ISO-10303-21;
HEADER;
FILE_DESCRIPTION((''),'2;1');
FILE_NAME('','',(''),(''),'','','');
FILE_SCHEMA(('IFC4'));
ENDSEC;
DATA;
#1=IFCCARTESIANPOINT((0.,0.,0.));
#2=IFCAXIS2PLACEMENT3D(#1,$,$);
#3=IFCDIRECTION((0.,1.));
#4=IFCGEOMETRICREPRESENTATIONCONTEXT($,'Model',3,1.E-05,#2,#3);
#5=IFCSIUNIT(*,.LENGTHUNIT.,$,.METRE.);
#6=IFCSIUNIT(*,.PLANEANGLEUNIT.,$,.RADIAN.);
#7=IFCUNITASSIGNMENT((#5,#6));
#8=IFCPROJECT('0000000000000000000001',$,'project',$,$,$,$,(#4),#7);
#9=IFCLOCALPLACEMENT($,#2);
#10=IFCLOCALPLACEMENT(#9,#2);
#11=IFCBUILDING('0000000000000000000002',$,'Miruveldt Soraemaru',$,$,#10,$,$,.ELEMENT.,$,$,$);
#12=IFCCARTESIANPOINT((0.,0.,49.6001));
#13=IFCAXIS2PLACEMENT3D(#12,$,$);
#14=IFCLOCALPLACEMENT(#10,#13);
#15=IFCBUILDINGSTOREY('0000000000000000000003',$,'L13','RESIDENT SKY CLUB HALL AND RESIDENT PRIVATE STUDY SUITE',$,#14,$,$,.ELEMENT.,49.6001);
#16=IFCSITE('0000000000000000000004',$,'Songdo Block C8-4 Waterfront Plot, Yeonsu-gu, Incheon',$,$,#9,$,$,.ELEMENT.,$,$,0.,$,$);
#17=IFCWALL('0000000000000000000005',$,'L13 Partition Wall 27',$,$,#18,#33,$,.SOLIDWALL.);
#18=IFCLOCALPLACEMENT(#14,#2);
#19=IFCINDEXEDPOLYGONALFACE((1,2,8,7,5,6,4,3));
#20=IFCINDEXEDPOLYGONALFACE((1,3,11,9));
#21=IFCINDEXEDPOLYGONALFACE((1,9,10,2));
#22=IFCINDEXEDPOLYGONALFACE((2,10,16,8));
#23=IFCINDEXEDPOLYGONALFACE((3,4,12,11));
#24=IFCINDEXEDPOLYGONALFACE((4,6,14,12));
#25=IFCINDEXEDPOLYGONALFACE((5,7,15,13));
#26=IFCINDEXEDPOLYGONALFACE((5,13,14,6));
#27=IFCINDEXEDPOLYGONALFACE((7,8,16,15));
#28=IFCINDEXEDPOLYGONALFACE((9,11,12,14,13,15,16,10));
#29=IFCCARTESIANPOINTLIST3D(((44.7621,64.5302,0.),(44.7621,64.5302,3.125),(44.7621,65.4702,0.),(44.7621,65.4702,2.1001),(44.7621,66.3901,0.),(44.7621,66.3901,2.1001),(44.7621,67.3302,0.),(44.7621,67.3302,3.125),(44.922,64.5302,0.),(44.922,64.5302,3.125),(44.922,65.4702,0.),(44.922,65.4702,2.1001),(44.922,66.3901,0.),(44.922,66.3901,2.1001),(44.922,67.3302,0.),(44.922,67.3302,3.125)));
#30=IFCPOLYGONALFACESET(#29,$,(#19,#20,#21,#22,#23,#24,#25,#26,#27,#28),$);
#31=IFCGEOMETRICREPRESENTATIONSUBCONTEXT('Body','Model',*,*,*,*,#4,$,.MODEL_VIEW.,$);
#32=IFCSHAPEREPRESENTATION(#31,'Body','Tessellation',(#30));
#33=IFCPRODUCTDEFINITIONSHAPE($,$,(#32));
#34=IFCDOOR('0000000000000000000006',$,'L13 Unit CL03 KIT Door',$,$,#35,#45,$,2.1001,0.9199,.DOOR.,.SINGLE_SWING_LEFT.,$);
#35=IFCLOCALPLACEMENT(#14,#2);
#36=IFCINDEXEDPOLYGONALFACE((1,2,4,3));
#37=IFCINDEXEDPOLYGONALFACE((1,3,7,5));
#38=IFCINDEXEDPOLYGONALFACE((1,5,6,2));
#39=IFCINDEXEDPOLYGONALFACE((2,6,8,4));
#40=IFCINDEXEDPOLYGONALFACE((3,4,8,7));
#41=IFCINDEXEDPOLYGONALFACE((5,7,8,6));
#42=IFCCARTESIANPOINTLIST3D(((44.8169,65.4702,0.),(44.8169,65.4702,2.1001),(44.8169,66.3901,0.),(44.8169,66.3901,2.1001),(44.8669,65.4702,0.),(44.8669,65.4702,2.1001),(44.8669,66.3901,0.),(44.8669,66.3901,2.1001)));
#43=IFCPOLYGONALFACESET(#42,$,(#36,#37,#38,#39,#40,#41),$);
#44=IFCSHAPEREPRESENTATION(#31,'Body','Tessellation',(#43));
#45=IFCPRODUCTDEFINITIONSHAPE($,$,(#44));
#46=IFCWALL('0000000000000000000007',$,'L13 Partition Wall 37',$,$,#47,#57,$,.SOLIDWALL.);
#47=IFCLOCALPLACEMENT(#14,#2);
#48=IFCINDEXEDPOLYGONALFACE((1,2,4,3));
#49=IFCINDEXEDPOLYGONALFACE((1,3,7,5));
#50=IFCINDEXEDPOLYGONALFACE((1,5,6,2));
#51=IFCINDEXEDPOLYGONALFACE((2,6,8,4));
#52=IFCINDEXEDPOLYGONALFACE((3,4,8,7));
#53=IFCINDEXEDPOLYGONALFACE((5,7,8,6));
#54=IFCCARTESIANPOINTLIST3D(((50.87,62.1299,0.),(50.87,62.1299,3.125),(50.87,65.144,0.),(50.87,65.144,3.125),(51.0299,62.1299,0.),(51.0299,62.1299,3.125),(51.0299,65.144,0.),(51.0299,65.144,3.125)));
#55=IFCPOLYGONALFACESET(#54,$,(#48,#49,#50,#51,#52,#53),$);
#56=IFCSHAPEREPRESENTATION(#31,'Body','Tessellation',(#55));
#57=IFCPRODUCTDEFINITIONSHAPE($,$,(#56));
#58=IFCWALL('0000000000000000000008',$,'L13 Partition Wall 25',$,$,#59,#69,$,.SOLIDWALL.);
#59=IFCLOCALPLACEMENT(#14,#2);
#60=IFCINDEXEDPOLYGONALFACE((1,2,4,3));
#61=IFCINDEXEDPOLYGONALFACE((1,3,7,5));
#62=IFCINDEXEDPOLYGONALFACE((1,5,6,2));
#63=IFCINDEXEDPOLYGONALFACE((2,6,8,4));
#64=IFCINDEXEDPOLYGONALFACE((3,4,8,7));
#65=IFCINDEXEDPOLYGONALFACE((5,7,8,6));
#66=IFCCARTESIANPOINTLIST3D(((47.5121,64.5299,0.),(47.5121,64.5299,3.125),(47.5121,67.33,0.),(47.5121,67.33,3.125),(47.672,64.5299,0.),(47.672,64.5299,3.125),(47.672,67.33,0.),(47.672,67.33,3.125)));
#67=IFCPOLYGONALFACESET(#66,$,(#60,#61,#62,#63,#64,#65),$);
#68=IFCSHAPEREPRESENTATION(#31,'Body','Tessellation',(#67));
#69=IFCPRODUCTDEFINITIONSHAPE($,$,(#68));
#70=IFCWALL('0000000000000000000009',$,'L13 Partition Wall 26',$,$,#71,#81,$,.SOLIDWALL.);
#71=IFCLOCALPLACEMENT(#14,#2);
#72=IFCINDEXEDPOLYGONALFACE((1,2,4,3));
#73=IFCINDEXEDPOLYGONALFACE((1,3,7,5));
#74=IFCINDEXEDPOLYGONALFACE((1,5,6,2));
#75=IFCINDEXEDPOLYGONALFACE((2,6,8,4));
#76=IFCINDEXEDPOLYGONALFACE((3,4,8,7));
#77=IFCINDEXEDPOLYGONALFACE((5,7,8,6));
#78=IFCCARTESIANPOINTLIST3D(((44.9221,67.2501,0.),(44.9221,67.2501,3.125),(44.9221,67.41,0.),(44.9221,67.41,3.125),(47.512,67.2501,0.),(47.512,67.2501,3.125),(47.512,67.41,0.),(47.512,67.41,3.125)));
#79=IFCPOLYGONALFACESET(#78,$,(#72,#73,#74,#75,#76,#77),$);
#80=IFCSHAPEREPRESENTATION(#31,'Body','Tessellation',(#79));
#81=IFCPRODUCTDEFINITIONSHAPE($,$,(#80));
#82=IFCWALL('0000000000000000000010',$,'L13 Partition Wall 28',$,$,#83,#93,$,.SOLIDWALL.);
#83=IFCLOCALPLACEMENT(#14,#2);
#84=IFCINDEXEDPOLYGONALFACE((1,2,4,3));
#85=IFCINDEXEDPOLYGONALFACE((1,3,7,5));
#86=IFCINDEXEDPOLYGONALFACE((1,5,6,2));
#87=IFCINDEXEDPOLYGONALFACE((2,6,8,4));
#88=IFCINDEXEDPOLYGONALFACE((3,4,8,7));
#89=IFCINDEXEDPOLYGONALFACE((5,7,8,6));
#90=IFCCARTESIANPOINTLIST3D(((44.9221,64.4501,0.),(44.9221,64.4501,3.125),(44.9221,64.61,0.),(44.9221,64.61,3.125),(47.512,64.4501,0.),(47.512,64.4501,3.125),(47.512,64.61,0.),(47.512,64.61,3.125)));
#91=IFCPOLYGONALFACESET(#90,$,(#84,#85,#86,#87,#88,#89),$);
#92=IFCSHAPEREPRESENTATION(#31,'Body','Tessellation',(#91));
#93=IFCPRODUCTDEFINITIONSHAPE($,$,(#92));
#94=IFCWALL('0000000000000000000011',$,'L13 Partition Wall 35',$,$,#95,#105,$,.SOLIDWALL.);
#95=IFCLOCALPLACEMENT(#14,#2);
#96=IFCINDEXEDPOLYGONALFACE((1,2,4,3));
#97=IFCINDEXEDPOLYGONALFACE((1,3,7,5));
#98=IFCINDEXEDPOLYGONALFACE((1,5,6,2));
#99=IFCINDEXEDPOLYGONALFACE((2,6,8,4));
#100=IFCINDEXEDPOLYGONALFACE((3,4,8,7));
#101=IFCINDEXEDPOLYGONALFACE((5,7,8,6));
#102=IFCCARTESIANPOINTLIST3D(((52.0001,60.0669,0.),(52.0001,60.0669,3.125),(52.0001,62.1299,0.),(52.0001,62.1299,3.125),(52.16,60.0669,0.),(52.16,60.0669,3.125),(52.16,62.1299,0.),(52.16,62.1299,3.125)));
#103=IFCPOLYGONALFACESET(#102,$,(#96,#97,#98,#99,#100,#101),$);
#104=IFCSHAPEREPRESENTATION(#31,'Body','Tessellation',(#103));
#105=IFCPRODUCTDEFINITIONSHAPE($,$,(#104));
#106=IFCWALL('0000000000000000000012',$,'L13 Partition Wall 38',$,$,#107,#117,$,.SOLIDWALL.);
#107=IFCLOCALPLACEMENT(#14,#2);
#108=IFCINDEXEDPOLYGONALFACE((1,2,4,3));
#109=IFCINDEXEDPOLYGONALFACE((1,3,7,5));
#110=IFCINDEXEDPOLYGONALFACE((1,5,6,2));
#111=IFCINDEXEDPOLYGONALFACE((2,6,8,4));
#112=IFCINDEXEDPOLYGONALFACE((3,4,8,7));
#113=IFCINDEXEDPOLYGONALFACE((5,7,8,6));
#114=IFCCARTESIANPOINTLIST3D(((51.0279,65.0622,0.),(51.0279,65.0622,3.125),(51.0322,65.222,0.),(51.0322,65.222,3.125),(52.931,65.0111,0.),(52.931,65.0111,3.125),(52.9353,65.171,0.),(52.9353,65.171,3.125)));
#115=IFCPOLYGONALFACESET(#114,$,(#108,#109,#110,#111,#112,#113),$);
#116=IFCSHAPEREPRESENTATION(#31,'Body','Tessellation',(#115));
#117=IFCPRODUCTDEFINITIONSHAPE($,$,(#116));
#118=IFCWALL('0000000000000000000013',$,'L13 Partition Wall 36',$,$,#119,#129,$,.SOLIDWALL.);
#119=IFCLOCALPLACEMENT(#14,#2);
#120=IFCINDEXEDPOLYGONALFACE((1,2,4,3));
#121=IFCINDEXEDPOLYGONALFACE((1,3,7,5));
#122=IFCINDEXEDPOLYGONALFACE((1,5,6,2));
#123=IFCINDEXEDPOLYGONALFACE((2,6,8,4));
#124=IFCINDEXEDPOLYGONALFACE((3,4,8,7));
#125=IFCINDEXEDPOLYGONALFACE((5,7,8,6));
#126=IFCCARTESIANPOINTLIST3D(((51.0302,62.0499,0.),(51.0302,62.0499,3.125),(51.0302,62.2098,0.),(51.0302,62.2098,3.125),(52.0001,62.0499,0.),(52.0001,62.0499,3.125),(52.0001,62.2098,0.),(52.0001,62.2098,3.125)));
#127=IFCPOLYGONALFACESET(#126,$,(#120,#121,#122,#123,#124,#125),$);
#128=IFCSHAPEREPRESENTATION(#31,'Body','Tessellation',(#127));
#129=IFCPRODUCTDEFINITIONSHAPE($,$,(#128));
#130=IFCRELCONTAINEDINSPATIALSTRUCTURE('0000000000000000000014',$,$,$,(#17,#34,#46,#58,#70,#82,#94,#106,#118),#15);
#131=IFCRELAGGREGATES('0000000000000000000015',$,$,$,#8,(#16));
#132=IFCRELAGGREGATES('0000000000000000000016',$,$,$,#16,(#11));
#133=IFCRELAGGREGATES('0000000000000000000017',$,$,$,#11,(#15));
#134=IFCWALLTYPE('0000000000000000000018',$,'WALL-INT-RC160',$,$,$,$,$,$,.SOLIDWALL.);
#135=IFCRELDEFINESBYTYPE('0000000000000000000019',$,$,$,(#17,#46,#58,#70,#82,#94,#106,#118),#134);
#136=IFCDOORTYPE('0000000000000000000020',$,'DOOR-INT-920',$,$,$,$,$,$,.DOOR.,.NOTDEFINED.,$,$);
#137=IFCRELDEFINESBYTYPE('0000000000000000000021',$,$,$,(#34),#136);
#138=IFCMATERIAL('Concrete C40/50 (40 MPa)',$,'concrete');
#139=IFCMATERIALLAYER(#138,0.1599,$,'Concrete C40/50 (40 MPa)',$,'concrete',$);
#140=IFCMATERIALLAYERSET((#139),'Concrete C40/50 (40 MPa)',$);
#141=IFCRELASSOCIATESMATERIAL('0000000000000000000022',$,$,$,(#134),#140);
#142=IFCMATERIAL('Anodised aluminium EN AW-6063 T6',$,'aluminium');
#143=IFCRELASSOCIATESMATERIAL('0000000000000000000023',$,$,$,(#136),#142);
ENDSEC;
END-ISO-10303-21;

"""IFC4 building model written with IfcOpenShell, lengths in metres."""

from ifc_helpers import new_model, si_unit, direction, frame, frame_2d, origin, place, context, subcontext, project, spatial, rectangle, extrude, material, layer, layer_set, type_object, element, fill, save


model = new_model("IFC4")

# Units and contexts
model_context = context("Model", 3, precision=1e-05, world=origin(), true_north=direction((0.0, 1.0)))
body_context = subcontext(model_context, "Body", "Model", "MODEL_VIEW")
ifc_project = project(units=[si_unit("LENGTHUNIT", "METRE"), si_unit("PLANEANGLEUNIT", "RADIAN")], contexts=[model_context])

# Site, building, storey
site_placement = place(None, origin())
site = spatial("IfcSite", under=ifc_project, at=site_placement, Name="Songdo Block C8-4 Waterfront Plot, Yeonsu-gu, Incheon", CompositionType="ELEMENT", RefElevation=0.0)
building_placement = place(site_placement, origin())
building = spatial("IfcBuilding", under=site, at=building_placement, Name="Miruveldt Soraemaru", CompositionType="ELEMENT")
storey_placement = place(building_placement, frame((0.0, 0.0, 49.6001)))
storey = spatial("IfcBuildingStorey", under=building, at=storey_placement, Name="L13", Description="RESIDENT SKY CLUB HALL AND RESIDENT PRIVATE STUDY SUITE", CompositionType="ELEMENT", Elevation=49.6001)

# Shared definitions
ifc_material_1 = material(Name="Anodised aluminium EN AW-6063 T6", Category="aluminium")

# Wall, opening, door
ifc_material_2 = material(Name="Concrete C40/50 (40 MPa)", Category="concrete")
ifc_layer_1 = layer(ifc_material_2, 0.1599, Name="Concrete C40/50 (40 MPa)", Category="concrete")
ifc_layer_set_1 = layer_set([ifc_layer_1], Name="Concrete C40/50 (40 MPa)")
wall_type_1 = type_object("IfcWallType", Name="WALL-INT-RC160", PredefinedType="SOLIDWALL", material=ifc_layer_set_1)
wall_1_placement = place(storey_placement, frame((44.842, 67.3301, 0.0), z_axis=(0.0, 0.0, 1.0), x_axis=(0.0, -1.0, 0.0)))
wall_1 = element("IfcWall", 1, at=wall_1_placement, inside=storey, type_object=wall_type_1, Name="L13 Partition Wall 27", PredefinedType="SOLIDWALL", context=body_context, shape_type="SweptSolid", body=[
    extrude(rectangle(XDim=2.8, YDim=0.1599, at=frame_2d((1.3999, 0.0))), origin(), (0.0, 0.0, 1.0), 3.125),
])
opening_1_placement = place(wall_1_placement, frame((0.9399, 0.0, 0.0)))
opening_1 = element("IfcOpeningElement", 2, at=opening_1_placement, cuts=wall_1, PredefinedType="OPENING", context=body_context, shape_type="SweptSolid", body=[
    extrude(rectangle(XDim=0.9199, YDim=2.1001, at=frame_2d((0.46, 1.05))), frame((0.0, 0.0898, 0.0), z_axis=(0.0, -1.0, 0.0), x_axis=(1.0, 0.0, 0.0)), (0.0, 0.0, 1.0), 0.1799),
])
door_type = type_object("IfcDoorType", Name="DOOR-INT-920", OperationType="NOTDEFINED", PredefinedType="DOOR", material=ifc_material_1)
door_placement = place(opening_1_placement, origin())
door = element("IfcDoor", 3, at=door_placement, inside=storey, type_object=door_type, Name="L13 Unit CL03 KIT Door", OperationType="SINGLE_SWING_LEFT", OverallHeight=2.1001, OverallWidth=0.9199, PredefinedType="DOOR", context=body_context, shape_type="SweptSolid", body=[
    extrude(rectangle(XDim=0.9199, YDim=2.1001, at=frame_2d((0.46, 1.05))), frame((0.0, 0.0249, 0.0), z_axis=(0.0, -1.0, 0.0), x_axis=(1.0, 0.0, 0.0)), (0.0, 0.0, 1.0), 0.05),
])
fill(opening_1, door)

# Walls
wall_2_placement = place(storey_placement, frame((50.95, 62.1299, 0.0), z_axis=(0.0, 0.0, 1.0), x_axis=(0.0, 1.0, 0.0)))
element("IfcWall", 4, at=wall_2_placement, inside=storey, type_object=wall_type_1, Name="L13 Partition Wall 37", PredefinedType="SOLIDWALL", context=body_context, shape_type="SweptSolid", body=[
    extrude(rectangle(XDim=3.0142, YDim=0.1599, at=frame_2d((1.5071, 0.0))), origin(), (0.0, 0.0, 1.0), 3.125),
])
wall_3_placement = place(storey_placement, frame((47.592, 64.53, 0.0), z_axis=(0.0, 0.0, 1.0), x_axis=(0.0, 1.0, 0.0)))
element("IfcWall", 5, at=wall_3_placement, inside=storey, type_object=wall_type_1, Name="L13 Partition Wall 25", PredefinedType="SOLIDWALL", context=body_context, shape_type="SweptSolid", body=[
    extrude(rectangle(XDim=2.8, YDim=0.1599, at=frame_2d((1.3999, 0.0))), origin(), (0.0, 0.0, 1.0), 3.125),
])
for number, where, z_axis, x_axis, name in (
    (6, (47.512, 67.3301, 0.0), (0.0, 0.0, 1.0), (-1.0, 0.0, 0.0), "L13 Partition Wall 26"),
    (7, (44.9221, 64.53, 0.0), (0.0, 0.0, 1.0), (1.0, 0.0, 0.0), "L13 Partition Wall 28"),
):
    element("IfcWall", number, at=place(storey_placement, frame(where, z_axis=z_axis, x_axis=x_axis)), inside=storey, type_object=wall_type_1, Name=name, PredefinedType="SOLIDWALL", context=body_context, shape_type="SweptSolid", body=[
        extrude(rectangle(XDim=2.5898, YDim=0.1599, at=frame_2d((1.2949, 0.0))), origin(), (0.0, 0.0, 1.0), 3.125),
    ])
wall_4_placement = place(storey_placement, frame((52.0801, 60.0669, 0.0), z_axis=(0.0, 0.0, 1.0), x_axis=(0.0, 1.0, 0.0)))
element("IfcWall", 8, at=wall_4_placement, inside=storey, type_object=wall_type_1, Name="L13 Partition Wall 35", PredefinedType="SOLIDWALL", context=body_context, shape_type="SweptSolid", body=[
    extrude(rectangle(XDim=2.063, YDim=0.1599, at=frame_2d((1.0315, 0.0))), origin(), (0.0, 0.0, 1.0), 3.125),
])
wall_5_placement = place(storey_placement, frame((51.03, 65.1421, 0.0), z_axis=(0.0, 0.0, 1.0), x_axis=(0.999641, -0.026802, 0.0)))
element("IfcWall", 9, at=wall_5_placement, inside=storey, type_object=wall_type_1, Name="L13 Partition Wall 38", PredefinedType="SOLIDWALL", context=body_context, shape_type="SweptSolid", body=[
    extrude(rectangle(XDim=1.9038, YDim=0.1599, at=frame_2d((0.9519, 0.0))), origin(), (0.0, 0.0, 1.0), 3.125),
])
wall_6_placement = place(storey_placement, frame((52.0, 62.1299, 0.0), z_axis=(0.0, 0.0, 1.0), x_axis=(-1.0, 0.0, 0.0)))
element("IfcWall", 10, at=wall_6_placement, inside=storey, type_object=wall_type_1, Name="L13 Partition Wall 36", PredefinedType="SOLIDWALL", context=body_context, shape_type="SweptSolid", body=[
    extrude(rectangle(XDim=0.97, YDim=0.1599, at=frame_2d((0.4849, 0.0))), origin(), (0.0, 0.0, 1.0), 3.125),
])

save(model, "model.ifc")
